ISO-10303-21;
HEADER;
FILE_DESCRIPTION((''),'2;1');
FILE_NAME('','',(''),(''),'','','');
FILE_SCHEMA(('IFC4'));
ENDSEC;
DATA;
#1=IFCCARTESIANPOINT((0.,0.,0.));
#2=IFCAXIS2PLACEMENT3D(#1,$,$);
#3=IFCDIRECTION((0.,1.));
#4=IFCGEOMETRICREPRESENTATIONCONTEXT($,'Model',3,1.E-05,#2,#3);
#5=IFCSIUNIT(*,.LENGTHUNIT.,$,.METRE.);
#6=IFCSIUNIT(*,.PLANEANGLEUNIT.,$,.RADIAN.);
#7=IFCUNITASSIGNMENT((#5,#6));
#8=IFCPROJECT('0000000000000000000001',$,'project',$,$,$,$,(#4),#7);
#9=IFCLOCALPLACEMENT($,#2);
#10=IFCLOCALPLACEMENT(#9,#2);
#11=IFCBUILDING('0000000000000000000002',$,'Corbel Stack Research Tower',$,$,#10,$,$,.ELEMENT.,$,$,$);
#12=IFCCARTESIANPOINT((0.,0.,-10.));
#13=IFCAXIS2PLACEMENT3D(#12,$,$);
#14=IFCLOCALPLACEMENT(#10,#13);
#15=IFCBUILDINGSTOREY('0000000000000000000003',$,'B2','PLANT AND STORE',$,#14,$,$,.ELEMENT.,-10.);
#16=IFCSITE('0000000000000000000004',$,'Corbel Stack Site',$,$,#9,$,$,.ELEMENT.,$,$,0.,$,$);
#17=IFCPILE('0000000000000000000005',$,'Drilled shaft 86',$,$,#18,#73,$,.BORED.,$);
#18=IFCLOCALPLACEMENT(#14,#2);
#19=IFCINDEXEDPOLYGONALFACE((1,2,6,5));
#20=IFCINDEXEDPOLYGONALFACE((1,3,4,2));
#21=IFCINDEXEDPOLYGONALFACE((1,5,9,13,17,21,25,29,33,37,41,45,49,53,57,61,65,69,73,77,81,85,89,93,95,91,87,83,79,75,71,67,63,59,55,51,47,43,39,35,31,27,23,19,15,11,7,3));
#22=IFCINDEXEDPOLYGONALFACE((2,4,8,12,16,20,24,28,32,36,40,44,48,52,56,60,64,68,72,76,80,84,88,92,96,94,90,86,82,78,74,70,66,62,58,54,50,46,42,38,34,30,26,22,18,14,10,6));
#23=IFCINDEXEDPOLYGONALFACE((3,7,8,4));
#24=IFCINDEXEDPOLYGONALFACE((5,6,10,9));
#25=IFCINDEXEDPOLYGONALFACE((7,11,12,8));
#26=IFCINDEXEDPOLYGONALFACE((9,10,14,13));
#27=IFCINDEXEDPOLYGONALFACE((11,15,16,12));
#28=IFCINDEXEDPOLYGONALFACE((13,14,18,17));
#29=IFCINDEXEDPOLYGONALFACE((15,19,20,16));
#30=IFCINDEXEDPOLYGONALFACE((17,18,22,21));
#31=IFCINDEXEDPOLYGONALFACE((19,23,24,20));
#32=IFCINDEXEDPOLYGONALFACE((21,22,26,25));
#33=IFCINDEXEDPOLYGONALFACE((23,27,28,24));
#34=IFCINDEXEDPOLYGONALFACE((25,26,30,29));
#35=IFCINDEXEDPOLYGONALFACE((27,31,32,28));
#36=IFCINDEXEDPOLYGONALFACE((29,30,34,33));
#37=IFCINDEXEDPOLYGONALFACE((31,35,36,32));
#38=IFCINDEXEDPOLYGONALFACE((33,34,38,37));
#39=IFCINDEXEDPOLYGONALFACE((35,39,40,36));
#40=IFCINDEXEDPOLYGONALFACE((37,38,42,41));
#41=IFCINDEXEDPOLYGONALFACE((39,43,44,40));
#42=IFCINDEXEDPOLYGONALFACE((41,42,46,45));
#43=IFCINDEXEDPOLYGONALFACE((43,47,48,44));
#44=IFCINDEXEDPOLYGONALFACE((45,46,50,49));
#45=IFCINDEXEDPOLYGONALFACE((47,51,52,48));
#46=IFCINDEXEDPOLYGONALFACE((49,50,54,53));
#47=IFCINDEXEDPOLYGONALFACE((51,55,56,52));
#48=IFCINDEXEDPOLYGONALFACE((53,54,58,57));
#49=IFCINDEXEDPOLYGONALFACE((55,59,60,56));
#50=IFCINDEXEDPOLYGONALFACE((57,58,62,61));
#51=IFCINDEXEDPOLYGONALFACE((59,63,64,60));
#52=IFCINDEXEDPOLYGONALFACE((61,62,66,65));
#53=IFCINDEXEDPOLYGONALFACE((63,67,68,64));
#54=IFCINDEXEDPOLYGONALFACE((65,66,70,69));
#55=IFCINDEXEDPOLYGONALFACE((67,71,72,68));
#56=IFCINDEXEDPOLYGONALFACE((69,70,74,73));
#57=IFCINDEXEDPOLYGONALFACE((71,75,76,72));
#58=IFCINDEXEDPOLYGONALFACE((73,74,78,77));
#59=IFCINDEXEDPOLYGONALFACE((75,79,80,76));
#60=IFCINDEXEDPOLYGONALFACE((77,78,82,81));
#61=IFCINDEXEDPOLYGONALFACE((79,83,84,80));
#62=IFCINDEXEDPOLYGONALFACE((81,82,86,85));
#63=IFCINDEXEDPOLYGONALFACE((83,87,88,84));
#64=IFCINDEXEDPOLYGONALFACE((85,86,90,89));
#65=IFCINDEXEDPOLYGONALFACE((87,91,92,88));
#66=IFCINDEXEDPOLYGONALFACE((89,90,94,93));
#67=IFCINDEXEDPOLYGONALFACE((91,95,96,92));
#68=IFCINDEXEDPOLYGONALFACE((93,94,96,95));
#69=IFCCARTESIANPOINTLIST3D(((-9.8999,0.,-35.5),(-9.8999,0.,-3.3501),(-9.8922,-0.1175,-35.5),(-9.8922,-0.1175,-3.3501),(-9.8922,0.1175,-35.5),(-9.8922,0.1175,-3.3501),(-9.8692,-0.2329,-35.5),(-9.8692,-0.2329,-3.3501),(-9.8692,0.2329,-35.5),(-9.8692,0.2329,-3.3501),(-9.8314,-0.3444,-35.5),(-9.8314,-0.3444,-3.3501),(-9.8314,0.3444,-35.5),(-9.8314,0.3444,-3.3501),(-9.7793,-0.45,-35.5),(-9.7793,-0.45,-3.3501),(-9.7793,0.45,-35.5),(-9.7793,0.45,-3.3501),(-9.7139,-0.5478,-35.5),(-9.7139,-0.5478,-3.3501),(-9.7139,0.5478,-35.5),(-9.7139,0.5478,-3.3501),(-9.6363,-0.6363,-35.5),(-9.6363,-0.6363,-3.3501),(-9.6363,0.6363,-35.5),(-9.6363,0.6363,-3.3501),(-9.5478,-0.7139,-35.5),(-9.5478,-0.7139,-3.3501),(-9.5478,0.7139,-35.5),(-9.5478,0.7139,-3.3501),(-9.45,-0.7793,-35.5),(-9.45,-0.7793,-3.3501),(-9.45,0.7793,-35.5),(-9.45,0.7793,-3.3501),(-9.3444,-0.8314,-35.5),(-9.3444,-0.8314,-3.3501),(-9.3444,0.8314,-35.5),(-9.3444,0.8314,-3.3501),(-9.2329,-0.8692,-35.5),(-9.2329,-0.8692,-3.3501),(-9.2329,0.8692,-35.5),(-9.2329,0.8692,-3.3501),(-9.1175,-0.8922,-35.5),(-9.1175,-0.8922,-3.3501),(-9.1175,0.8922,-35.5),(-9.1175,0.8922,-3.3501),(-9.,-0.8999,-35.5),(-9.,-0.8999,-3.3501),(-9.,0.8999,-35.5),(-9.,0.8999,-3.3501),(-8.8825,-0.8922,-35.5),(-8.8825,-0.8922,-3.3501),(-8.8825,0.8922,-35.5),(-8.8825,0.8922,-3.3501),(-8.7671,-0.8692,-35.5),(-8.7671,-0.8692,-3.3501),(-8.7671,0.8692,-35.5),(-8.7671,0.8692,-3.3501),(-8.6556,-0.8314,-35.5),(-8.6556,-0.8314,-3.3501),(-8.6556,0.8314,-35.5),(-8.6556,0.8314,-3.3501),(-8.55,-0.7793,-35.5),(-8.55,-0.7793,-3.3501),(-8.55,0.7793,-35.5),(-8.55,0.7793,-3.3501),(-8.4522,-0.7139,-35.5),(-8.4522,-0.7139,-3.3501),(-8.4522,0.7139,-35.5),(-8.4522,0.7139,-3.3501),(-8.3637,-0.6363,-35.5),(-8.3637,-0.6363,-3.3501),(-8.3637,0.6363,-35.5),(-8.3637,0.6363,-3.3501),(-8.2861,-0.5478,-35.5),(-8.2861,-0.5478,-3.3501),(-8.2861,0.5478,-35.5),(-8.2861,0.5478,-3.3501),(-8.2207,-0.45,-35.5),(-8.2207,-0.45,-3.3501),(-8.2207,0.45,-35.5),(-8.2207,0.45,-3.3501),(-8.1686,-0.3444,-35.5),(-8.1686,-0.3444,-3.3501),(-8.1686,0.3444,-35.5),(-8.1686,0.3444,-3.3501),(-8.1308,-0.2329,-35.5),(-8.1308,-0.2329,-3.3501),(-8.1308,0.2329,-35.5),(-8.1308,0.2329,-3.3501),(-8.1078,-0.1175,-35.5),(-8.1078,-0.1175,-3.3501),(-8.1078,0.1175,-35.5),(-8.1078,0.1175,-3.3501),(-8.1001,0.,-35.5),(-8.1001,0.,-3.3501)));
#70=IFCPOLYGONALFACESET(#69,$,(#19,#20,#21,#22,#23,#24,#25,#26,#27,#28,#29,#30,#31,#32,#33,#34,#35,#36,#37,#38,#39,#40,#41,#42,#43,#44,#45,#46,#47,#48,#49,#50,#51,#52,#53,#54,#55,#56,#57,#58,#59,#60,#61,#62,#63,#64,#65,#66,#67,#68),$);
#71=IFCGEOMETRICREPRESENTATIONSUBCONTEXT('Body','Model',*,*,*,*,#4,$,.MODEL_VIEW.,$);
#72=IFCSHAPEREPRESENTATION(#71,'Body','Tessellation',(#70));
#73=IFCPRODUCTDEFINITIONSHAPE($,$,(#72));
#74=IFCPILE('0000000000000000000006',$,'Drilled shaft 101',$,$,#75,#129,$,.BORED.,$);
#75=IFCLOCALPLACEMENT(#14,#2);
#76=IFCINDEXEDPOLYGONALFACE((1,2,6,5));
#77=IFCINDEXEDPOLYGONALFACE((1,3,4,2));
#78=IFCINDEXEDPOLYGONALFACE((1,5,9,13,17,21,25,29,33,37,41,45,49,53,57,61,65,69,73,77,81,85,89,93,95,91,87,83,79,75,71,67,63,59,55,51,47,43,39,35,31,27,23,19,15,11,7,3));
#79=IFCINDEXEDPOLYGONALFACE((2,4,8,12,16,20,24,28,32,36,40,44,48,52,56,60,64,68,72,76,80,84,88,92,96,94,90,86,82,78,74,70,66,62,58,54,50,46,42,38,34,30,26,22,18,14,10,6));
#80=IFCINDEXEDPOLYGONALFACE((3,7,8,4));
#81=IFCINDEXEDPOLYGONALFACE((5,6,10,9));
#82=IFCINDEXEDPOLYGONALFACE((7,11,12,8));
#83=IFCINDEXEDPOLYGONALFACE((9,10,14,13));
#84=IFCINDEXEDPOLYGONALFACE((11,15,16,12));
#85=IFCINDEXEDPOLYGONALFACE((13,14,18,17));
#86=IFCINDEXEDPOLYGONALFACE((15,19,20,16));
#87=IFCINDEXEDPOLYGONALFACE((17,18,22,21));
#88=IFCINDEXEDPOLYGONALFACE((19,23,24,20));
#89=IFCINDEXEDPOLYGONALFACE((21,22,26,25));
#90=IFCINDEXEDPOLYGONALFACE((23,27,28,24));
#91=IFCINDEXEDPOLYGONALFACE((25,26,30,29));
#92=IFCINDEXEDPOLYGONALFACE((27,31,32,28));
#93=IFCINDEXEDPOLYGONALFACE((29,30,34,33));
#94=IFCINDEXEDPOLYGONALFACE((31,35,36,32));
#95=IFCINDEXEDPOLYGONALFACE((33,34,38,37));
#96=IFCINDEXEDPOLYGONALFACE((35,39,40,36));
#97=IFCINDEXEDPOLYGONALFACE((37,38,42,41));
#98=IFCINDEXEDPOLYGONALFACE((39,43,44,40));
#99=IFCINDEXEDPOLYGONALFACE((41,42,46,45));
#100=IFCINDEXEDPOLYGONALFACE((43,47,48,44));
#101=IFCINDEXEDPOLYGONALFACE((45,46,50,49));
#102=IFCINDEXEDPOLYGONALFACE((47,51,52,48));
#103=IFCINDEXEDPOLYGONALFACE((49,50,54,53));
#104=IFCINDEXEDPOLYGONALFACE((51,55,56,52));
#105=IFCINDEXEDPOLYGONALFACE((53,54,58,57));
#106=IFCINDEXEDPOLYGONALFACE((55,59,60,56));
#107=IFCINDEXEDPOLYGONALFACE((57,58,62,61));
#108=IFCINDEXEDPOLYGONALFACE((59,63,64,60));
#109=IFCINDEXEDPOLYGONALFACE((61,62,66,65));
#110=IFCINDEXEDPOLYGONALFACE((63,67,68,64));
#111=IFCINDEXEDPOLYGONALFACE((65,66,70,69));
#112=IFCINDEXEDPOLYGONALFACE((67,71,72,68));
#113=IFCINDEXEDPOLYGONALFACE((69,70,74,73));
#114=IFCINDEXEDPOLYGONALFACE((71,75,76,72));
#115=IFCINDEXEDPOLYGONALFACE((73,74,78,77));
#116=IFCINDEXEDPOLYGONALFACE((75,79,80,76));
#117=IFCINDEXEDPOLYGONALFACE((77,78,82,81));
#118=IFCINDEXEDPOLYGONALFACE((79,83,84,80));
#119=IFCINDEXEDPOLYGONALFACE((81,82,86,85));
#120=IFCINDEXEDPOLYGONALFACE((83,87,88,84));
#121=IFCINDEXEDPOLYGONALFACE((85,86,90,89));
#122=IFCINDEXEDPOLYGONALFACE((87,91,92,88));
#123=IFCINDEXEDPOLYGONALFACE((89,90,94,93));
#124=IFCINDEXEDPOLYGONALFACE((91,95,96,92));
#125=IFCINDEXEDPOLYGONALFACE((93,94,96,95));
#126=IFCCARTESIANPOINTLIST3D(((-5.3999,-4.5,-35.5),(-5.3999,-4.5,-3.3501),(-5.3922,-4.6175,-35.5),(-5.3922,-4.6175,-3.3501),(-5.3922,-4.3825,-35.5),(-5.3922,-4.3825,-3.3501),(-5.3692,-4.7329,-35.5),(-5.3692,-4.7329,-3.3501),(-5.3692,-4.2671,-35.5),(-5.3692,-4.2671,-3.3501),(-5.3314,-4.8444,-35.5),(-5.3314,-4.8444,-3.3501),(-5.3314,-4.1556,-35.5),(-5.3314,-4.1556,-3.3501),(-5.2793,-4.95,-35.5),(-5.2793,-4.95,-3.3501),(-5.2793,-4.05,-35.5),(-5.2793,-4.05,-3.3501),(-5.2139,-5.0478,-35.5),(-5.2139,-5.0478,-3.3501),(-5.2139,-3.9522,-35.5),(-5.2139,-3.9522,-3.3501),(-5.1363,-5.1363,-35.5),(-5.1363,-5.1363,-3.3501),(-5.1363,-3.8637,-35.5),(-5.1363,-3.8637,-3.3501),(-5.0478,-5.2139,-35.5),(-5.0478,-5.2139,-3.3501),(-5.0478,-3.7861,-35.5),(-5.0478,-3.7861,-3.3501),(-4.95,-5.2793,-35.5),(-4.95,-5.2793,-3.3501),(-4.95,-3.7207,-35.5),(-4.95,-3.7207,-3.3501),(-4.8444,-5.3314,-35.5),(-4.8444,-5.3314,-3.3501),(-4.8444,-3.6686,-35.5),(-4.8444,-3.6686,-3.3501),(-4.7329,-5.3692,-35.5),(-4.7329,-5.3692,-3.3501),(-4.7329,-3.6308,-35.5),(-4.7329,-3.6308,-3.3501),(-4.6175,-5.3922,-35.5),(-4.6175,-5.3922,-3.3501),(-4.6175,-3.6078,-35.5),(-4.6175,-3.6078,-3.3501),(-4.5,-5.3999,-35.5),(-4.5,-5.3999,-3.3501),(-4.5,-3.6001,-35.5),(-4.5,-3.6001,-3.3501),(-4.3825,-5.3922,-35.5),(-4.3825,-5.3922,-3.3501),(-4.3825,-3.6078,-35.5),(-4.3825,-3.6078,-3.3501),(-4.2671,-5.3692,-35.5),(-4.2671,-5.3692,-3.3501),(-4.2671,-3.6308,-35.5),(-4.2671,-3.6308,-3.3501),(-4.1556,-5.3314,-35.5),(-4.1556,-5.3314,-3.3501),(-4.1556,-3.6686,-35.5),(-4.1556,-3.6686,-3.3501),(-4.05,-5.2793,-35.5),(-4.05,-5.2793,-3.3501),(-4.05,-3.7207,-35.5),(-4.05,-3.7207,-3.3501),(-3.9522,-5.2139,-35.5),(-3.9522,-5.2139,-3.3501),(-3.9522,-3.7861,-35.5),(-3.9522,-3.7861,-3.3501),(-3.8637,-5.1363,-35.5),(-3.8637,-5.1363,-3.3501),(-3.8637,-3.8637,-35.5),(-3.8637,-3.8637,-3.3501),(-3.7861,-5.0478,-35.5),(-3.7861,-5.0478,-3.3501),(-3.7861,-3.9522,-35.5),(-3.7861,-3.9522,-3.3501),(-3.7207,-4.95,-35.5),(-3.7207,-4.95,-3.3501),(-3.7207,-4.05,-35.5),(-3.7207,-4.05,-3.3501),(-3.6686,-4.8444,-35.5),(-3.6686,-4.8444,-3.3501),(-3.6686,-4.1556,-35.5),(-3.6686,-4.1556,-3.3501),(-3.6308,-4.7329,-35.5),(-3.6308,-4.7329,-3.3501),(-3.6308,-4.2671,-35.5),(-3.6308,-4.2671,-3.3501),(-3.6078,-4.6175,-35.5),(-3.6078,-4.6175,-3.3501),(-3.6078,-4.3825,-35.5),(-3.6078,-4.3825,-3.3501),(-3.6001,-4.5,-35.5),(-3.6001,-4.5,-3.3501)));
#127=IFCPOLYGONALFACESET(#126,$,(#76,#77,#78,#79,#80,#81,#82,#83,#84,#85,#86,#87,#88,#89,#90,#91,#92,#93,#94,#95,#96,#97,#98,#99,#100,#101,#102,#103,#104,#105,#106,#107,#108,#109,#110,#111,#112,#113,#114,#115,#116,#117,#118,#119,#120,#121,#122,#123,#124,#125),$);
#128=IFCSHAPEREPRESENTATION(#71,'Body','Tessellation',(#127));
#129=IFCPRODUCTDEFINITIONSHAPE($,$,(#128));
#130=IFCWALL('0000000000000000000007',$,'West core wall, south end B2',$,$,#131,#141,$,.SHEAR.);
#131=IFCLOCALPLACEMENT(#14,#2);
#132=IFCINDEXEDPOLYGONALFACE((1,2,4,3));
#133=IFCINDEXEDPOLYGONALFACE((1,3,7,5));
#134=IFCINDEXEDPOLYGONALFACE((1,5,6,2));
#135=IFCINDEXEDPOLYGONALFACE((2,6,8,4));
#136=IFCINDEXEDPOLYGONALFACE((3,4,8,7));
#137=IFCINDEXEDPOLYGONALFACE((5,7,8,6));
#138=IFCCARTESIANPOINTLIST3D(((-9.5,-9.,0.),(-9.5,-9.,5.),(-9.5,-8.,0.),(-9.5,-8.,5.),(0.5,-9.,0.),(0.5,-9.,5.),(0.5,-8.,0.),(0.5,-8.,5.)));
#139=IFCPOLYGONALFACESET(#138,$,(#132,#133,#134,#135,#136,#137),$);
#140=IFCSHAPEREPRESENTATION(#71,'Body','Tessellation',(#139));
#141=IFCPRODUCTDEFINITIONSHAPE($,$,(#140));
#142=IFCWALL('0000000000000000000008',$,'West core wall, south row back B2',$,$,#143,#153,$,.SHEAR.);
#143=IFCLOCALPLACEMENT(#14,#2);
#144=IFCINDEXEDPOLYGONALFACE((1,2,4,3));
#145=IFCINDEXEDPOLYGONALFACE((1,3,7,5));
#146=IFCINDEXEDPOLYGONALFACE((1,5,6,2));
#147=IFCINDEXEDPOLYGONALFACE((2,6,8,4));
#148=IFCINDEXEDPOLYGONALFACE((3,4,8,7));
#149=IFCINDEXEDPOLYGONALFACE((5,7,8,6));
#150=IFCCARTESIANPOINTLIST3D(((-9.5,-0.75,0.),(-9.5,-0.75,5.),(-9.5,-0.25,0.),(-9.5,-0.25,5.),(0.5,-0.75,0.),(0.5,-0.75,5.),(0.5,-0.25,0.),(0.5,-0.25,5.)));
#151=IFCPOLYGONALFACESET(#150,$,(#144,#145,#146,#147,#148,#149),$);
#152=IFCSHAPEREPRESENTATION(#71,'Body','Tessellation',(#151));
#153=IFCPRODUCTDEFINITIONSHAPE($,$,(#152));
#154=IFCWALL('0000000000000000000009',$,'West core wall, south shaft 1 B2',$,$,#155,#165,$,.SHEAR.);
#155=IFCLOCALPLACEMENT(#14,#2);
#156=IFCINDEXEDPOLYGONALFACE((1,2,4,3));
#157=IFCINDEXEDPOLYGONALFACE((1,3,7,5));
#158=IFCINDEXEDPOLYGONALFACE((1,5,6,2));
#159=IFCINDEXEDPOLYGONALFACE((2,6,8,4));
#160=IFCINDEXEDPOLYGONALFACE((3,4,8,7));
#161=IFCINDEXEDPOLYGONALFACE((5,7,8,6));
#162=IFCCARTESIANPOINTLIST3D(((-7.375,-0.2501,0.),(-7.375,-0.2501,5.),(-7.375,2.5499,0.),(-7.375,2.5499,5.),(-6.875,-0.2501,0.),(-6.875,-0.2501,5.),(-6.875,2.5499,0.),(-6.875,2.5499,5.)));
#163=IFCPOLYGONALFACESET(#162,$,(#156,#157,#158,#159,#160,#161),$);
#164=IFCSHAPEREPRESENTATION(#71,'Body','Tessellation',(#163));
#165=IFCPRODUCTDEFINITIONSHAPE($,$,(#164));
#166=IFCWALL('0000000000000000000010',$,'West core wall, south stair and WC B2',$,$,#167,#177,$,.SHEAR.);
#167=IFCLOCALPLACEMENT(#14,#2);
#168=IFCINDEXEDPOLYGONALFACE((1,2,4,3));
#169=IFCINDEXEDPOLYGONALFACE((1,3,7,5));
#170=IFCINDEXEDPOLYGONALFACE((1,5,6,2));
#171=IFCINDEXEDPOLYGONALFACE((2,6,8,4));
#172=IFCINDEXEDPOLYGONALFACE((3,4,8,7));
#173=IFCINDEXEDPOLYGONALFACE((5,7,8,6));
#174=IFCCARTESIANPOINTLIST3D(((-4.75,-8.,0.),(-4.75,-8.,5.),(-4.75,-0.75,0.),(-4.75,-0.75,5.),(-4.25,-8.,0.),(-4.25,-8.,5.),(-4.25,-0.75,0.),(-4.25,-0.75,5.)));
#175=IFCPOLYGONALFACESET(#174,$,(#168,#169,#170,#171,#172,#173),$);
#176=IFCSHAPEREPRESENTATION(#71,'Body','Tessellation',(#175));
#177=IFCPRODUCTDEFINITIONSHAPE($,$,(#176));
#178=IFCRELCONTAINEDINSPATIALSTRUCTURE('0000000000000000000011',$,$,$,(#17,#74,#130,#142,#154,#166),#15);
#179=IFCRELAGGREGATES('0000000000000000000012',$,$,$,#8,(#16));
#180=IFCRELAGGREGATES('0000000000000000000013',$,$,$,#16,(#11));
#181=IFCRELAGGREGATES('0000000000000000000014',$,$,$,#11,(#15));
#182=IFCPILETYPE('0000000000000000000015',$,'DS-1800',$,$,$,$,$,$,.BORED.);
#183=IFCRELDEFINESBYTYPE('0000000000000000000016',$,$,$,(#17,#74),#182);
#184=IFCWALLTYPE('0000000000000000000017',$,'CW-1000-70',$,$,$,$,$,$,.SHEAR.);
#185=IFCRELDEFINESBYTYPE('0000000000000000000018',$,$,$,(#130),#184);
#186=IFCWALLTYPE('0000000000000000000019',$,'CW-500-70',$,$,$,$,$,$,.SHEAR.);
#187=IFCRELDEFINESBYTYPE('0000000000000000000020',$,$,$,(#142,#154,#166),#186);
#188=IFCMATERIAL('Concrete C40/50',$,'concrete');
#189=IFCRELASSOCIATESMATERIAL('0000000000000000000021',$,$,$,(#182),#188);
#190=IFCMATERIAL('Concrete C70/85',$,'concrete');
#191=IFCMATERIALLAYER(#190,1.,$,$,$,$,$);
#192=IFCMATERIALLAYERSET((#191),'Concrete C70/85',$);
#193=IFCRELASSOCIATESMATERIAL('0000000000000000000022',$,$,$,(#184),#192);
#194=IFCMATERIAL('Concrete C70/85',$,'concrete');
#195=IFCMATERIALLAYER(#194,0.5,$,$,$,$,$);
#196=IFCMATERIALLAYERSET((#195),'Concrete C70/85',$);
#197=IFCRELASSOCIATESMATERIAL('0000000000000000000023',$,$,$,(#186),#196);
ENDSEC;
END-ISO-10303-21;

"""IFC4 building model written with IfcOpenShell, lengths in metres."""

from ifc_helpers import new_model, si_unit, direction, frame, frame_2d, origin, origin_2d, place, context, subcontext, project, spatial, rectangle, circle, extrude, material, layer, layer_set, material_profile, profile_set, type_object, element, save


model = new_model("IFC4")

# Units and contexts
model_context = context("Model", 3, precision=1e-05, world=origin(), true_north=direction((0.0, 1.0)))
body_context = subcontext(model_context, "Body", "Model", "MODEL_VIEW")
ifc_project = project(units=[si_unit("LENGTHUNIT", "METRE"), si_unit("PLANEANGLEUNIT", "RADIAN")], contexts=[model_context])

# Site, building, storey
site_placement = place(None, origin())
site = spatial("IfcSite", under=ifc_project, at=site_placement, Name="Corbel Stack Site", CompositionType="ELEMENT", RefElevation=0.0)
building_placement = place(site_placement, origin())
building = spatial("IfcBuilding", under=site, at=building_placement, Name="Corbel Stack Research Tower", CompositionType="ELEMENT")
storey_placement = place(building_placement, frame((0.0, 0.0, -10.0)))
storey = spatial("IfcBuildingStorey", under=building, at=storey_placement, Name="B2", Description="PLANT AND STORE", CompositionType="ELEMENT", Elevation=-10.0)

# Piles
ifc_material_1 = material(Name="Concrete C40/50", Category="concrete")
ifc_material_profile = material_profile(ifc_material_1, circle(Radius=0.8999, at=origin_2d()), Name="Shaft 1800")
ifc_profile_set = profile_set([ifc_material_profile], Name="Concrete C40/50")
pile_type = type_object("IfcPileType", Name="DS-1800", PredefinedType="BORED", material=ifc_profile_set)
for number, where, z_axis, x_axis, name in (
    (1, (-9.0, 0.0, -3.3501), (0.0, 0.0, -1.0), (1.0, 0.0, 0.0), "Drilled shaft 86"),
    (2, (-4.5, -4.5, -3.3501), (0.0, 0.0, -1.0), (1.0, 0.0, 0.0), "Drilled shaft 101"),
):
    element("IfcPile", number, at=place(storey_placement, frame(where, z_axis=z_axis, x_axis=x_axis)), inside=storey, type_object=pile_type, Name=name, PredefinedType="BORED", context=body_context, shape_type="SweptSolid", body=[
        extrude(circle(Radius=0.8999, at=origin_2d()), origin(), (0.0, 0.0, 1.0), 32.1499),
    ])

# Walls
ifc_material_2 = material(Name="Concrete C70/85", Category="concrete")
ifc_layer_1 = layer(ifc_material_2, 1.0)
ifc_layer_set_1 = layer_set([ifc_layer_1], Name="Concrete C70/85")
wall_type_1 = type_object("IfcWallType", Name="CW-1000-70", PredefinedType="SHEAR", material=ifc_layer_set_1)
wall_1_placement = place(storey_placement, frame((-9.5, -8.5, 0.0), z_axis=(0.0, 0.0, 1.0), x_axis=(1.0, 0.0, 0.0)))
element("IfcWall", 3, at=wall_1_placement, inside=storey, type_object=wall_type_1, Name="West core wall, south end B2", PredefinedType="SHEAR", context=body_context, shape_type="SweptSolid", body=[
    extrude(rectangle(XDim=10.0, YDim=1.0, at=frame_2d((5.0, 0.0))), origin(), (0.0, 0.0, 1.0), 5.0),
])
ifc_material_3 = material(Name="Concrete C70/85", Category="concrete")
ifc_layer_2 = layer(ifc_material_3, 0.5)
ifc_layer_set_2 = layer_set([ifc_layer_2], Name="Concrete C70/85")
wall_type_2 = type_object("IfcWallType", Name="CW-500-70", PredefinedType="SHEAR", material=ifc_layer_set_2)
wall_2_placement = place(storey_placement, frame((-9.5, -0.5, 0.0), z_axis=(0.0, 0.0, 1.0), x_axis=(1.0, 0.0, 0.0)))
element("IfcWall", 4, at=wall_2_placement, inside=storey, type_object=wall_type_2, Name="West core wall, south row back B2", PredefinedType="SHEAR", context=body_context, shape_type="SweptSolid", body=[
    extrude(rectangle(XDim=10.0, YDim=0.5, at=frame_2d((5.0, 0.0))), origin(), (0.0, 0.0, 1.0), 5.0),
])
wall_3_placement = place(storey_placement, frame((-7.125, -0.25, 0.0), z_axis=(0.0, 0.0, 1.0), x_axis=(0.0, 1.0, 0.0)))
element("IfcWall", 5, at=wall_3_placement, inside=storey, type_object=wall_type_2, Name="West core wall, south shaft 1 B2", PredefinedType="SHEAR", context=body_context, shape_type="SweptSolid", body=[
    extrude(rectangle(XDim=2.8, YDim=0.5, at=frame_2d((1.3999, 0.0))), origin(), (0.0, 0.0, 1.0), 5.0),
])
wall_4_placement = place(storey_placement, frame((-4.5, -8.0, 0.0), z_axis=(0.0, 0.0, 1.0), x_axis=(0.0, 1.0, 0.0)))
element("IfcWall", 6, at=wall_4_placement, inside=storey, type_object=wall_type_2, Name="West core wall, south stair and WC B2", PredefinedType="SHEAR", context=body_context, shape_type="SweptSolid", body=[
    extrude(rectangle(XDim=7.25, YDim=0.5, at=frame_2d((3.625, 0.0))), origin(), (0.0, 0.0, 1.0), 5.0),
])

save(model, "model.ifc")
